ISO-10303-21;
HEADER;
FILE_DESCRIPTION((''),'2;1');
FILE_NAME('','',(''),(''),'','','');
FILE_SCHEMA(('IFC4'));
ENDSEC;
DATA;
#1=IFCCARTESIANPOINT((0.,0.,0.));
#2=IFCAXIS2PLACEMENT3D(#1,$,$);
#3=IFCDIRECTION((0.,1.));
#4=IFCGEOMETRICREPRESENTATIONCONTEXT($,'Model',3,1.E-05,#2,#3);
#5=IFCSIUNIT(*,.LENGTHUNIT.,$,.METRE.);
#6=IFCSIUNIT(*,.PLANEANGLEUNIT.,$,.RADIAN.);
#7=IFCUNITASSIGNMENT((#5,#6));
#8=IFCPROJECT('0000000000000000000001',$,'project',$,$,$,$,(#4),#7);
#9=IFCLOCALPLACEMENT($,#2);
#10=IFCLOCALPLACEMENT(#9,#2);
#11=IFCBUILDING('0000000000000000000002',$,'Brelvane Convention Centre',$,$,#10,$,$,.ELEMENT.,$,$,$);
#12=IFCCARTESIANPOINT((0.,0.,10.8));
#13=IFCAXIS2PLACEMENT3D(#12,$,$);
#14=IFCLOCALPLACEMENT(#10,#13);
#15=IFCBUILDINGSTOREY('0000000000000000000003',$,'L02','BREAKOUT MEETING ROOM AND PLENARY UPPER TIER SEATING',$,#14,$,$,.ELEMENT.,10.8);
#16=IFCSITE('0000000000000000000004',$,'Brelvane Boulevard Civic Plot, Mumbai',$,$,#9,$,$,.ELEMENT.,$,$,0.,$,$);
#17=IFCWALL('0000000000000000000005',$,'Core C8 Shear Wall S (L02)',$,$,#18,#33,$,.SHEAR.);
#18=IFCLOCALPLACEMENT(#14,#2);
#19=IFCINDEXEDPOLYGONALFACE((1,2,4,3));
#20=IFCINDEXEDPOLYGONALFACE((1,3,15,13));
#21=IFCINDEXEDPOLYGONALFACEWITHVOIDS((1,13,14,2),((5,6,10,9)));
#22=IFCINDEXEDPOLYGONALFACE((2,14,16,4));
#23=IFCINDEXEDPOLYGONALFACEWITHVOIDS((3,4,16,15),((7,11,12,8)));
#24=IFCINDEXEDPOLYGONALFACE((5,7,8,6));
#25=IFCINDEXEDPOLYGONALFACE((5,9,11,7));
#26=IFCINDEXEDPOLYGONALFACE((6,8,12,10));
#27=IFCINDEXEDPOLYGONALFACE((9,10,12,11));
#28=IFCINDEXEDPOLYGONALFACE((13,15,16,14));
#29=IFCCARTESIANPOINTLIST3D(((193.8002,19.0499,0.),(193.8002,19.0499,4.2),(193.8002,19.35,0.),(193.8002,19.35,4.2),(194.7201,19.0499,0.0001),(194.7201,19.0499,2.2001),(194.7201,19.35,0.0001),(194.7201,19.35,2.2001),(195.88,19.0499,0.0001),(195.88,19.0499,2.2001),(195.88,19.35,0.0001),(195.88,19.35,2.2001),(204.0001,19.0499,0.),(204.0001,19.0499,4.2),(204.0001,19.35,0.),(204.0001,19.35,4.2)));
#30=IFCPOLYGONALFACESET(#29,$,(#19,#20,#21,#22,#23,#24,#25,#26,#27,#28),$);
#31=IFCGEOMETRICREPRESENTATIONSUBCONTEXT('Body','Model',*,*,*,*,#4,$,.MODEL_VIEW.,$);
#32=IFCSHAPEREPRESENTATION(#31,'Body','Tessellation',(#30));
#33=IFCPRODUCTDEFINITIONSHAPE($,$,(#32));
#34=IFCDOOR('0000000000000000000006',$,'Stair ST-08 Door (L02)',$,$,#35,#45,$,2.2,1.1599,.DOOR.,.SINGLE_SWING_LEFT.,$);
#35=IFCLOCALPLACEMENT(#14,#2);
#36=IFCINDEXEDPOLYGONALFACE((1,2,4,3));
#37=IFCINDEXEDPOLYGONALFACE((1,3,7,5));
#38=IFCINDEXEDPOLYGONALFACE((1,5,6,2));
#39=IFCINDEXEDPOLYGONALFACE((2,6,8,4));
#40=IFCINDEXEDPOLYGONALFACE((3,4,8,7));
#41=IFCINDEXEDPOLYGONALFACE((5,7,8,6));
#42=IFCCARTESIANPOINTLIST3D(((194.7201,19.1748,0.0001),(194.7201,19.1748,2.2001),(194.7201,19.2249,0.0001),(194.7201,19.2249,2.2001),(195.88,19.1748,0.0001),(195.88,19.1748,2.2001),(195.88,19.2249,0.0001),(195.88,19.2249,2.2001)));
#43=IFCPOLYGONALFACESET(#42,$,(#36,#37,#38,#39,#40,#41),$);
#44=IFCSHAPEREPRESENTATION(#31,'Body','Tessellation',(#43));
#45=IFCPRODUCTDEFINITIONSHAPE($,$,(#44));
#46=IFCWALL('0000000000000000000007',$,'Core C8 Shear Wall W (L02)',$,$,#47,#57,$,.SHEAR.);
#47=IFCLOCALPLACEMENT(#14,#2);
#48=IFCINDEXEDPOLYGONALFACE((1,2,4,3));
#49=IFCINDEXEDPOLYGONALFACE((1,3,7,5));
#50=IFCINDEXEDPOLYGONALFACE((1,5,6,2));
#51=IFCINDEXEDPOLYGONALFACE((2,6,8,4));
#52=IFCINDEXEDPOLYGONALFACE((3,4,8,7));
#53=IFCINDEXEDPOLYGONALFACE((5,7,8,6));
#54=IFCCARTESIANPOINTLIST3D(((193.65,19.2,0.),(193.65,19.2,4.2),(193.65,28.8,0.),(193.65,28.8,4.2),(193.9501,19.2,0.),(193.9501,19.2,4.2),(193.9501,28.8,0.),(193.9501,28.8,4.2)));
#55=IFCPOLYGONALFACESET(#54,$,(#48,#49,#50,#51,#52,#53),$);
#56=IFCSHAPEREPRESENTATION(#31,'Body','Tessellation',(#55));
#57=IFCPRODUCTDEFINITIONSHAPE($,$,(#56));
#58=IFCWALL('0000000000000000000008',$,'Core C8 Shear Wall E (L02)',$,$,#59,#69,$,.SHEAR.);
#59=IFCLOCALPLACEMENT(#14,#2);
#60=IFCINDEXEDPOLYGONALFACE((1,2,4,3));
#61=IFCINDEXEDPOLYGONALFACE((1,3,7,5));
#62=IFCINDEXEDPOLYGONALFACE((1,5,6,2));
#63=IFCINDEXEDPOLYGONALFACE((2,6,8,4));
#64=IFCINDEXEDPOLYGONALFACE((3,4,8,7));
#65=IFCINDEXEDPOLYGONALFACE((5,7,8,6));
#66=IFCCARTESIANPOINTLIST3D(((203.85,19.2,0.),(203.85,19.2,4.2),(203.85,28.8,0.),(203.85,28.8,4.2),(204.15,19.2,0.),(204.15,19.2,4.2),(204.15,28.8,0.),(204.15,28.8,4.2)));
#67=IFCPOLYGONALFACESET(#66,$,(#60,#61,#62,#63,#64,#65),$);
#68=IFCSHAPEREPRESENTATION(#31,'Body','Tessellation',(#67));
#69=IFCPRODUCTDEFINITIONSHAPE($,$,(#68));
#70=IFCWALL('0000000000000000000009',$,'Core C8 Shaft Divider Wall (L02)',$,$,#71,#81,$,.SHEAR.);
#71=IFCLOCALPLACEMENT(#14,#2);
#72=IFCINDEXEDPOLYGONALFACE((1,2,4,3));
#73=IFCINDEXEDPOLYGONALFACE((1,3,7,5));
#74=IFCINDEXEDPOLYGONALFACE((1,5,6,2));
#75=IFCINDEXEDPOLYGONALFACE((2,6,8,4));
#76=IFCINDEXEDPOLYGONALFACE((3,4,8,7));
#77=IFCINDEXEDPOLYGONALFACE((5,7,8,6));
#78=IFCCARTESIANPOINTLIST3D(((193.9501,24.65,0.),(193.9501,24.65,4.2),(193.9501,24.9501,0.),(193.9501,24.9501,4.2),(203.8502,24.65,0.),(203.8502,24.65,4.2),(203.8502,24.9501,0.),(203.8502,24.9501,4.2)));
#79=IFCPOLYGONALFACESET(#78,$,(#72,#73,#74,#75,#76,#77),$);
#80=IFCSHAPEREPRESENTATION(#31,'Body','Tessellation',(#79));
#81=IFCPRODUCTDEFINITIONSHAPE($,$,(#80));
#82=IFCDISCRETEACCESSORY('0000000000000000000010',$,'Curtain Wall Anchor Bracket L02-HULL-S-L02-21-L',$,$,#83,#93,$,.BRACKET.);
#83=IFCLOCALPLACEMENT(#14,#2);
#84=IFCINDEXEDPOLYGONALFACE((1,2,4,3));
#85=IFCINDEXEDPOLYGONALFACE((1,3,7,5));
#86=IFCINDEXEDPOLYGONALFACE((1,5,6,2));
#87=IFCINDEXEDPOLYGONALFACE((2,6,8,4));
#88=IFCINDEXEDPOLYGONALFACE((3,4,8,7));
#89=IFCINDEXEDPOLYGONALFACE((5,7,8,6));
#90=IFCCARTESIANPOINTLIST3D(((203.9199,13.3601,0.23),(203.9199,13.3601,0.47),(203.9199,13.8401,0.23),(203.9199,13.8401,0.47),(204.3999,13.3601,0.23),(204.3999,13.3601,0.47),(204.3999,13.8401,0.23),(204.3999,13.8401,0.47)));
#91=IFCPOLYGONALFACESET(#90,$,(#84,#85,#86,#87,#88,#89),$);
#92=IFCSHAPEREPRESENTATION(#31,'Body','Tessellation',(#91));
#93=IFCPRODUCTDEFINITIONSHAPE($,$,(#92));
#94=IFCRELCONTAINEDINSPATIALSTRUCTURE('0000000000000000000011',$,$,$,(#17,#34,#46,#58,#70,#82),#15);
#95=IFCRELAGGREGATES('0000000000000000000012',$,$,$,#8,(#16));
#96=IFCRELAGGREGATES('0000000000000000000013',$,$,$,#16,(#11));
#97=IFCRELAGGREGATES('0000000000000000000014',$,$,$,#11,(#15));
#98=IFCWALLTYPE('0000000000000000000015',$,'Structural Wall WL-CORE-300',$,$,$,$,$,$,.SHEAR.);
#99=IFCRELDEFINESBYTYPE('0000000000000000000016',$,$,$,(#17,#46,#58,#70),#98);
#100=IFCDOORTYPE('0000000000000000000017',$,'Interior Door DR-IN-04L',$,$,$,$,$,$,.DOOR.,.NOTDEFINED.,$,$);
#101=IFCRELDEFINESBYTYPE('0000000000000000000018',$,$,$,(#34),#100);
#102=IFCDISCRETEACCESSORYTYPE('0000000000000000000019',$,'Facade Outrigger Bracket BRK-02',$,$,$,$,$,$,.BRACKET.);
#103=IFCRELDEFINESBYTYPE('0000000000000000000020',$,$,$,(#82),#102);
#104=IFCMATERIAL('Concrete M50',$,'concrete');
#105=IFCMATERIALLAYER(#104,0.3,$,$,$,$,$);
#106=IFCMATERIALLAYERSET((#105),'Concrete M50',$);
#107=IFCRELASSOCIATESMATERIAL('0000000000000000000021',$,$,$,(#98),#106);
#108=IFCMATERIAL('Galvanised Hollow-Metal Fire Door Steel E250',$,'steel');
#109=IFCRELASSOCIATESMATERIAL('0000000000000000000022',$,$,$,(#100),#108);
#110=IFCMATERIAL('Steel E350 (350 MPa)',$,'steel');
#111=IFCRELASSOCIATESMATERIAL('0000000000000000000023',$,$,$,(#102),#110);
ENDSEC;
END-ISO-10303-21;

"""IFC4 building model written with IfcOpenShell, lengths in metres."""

from ifc_helpers import new_model, si_unit, direction, frame, frame_2d, origin, origin_2d, place, context, subcontext, project, spatial, rectangle, extrude, material, layer, layer_set, type_object, element, fill, save


model = new_model("IFC4")

# Units and contexts
model_context = context("Model", 3, precision=1e-05, world=origin(), true_north=direction((0.0, 1.0)))
body_context = subcontext(model_context, "Body", "Model", "MODEL_VIEW")
ifc_project = project(units=[si_unit("LENGTHUNIT", "METRE"), si_unit("PLANEANGLEUNIT", "RADIAN")], contexts=[model_context])

# Site, building, storey
site_placement = place(None, origin())
site = spatial("IfcSite", under=ifc_project, at=site_placement, Name="Brelvane Boulevard Civic Plot, Mumbai", CompositionType="ELEMENT", RefElevation=0.0)
building_placement = place(site_placement, origin())
building = spatial("IfcBuilding", under=site, at=building_placement, Name="Brelvane Convention Centre", CompositionType="ELEMENT")
storey_placement = place(building_placement, frame((0.0, 0.0, 10.8)))
storey = spatial("IfcBuildingStorey", under=building, at=storey_placement, Name="L02", Description="BREAKOUT MEETING ROOM AND PLENARY UPPER TIER SEATING", CompositionType="ELEMENT", Elevation=10.8)

# Wall, opening, door
ifc_material_1 = material(Name="Concrete M50", Category="concrete")
ifc_layer = layer(ifc_material_1, 0.3)
ifc_layer_set = layer_set([ifc_layer], Name="Concrete M50")
wall_type = type_object("IfcWallType", Name="Structural Wall WL-CORE-300", PredefinedType="SHEAR", material=ifc_layer_set)
wall_1_placement = place(storey_placement, frame((193.8, 19.2, 0.0), z_axis=(0.0, 0.0, 1.0), x_axis=(1.0, 0.0, 0.0)))
wall_1 = element("IfcWall", 1, at=wall_1_placement, inside=storey, type_object=wall_type, Name="Core C8 Shear Wall S (L02)", PredefinedType="SHEAR", context=body_context, shape_type="SweptSolid", body=[
    extrude(rectangle(XDim=10.2, YDim=0.3, at=frame_2d((5.1001, 0.0))), origin(), (0.0, 0.0, 1.0), 4.2),
])
opening_placement = place(wall_1_placement, frame((0.9199, 0.0, 0.0)))
opening = element("IfcOpeningElement", 2, at=opening_placement, cuts=wall_1, PredefinedType="OPENING", context=body_context, shape_type="SweptSolid", body=[
    extrude(rectangle(XDim=1.1599, YDim=2.2, at=frame_2d((0.5801, 1.1001))), frame((0.0, 0.1599, 0.0), z_axis=(0.0, -1.0, 0.0), x_axis=(1.0, 0.0, 0.0)), (0.0, 0.0, 1.0), 0.3201),
])
ifc_material_2 = material(Name="Galvanised Hollow-Metal Fire Door Steel E250", Category="steel")
door_type = type_object("IfcDoorType", Name="Interior Door DR-IN-04L", OperationType="NOTDEFINED", PredefinedType="DOOR", material=ifc_material_2)
door_placement = place(opening_placement, origin())
door = element("IfcDoor", 3, at=door_placement, inside=storey, type_object=door_type, Name="Stair ST-08 Door (L02)", OperationType="SINGLE_SWING_LEFT", OverallHeight=2.2, OverallWidth=1.1599, PredefinedType="DOOR", context=body_context, shape_type="SweptSolid", body=[
    extrude(rectangle(XDim=1.1599, YDim=2.2, at=frame_2d((0.5801, 1.1001))), frame((0.0, 0.0249, 0.0), z_axis=(0.0, -1.0, 0.0), x_axis=(1.0, 0.0, 0.0)), (0.0, 0.0, 1.0), 0.05),
])
fill(opening, door)

# Walls
for number, where, z_axis, x_axis, name in (
    (4, (193.8, 19.2, 0.0), (0.0, 0.0, 1.0), (0.0, 1.0, 0.0), "Core C8 Shear Wall W (L02)"),
    (5, (204.0, 19.2, 0.0), (0.0, 0.0, 1.0), (0.0, 1.0, 0.0), "Core C8 Shear Wall E (L02)"),
):
    element("IfcWall", number, at=place(storey_placement, frame(where, z_axis=z_axis, x_axis=x_axis)), inside=storey, type_object=wall_type, Name=name, PredefinedType="SHEAR", context=body_context, shape_type="SweptSolid", body=[
        extrude(rectangle(XDim=9.6001, YDim=0.3, at=frame_2d((4.8, 0.0))), origin(), (0.0, 0.0, 1.0), 4.2),
    ])
wall_2_placement = place(storey_placement, frame((193.95, 24.8, 0.0), z_axis=(0.0, 0.0, 1.0), x_axis=(1.0, 0.0, 0.0)))
element("IfcWall", 6, at=wall_2_placement, inside=storey, type_object=wall_type, Name="Core C8 Shaft Divider Wall (L02)", PredefinedType="SHEAR", context=body_context, shape_type="SweptSolid", body=[
    extrude(rectangle(XDim=9.9001, YDim=0.3, at=frame_2d((4.9502, 0.0))), origin(), (0.0, 0.0, 1.0), 4.2),
])

# Discrete accessory
ifc_material_3 = material(Name="Steel E350 (350 MPa)", Category="steel")
discrete_accessory_type = type_object("IfcDiscreteAccessoryType", Name="Facade Outrigger Bracket BRK-02", PredefinedType="BRACKET", material=ifc_material_3)
discrete_accessory_placement = place(storey_placement, frame((204.1599, 13.6001, 0.23), z_axis=(0.0, 0.0, 1.0), x_axis=(1.0, 0.0, 0.0)))
element("IfcDiscreteAccessory", 7, at=discrete_accessory_placement, inside=storey, type_object=discrete_accessory_type, Name="Curtain Wall Anchor Bracket L02-HULL-S-L02-21-L", PredefinedType="BRACKET", context=body_context, shape_type="SweptSolid", body=[
    extrude(rectangle(XDim=0.48, YDim=0.48, at=origin_2d()), origin(), (0.0, 0.0, 1.0), 0.24),
])

save(model, "model.ifc")
